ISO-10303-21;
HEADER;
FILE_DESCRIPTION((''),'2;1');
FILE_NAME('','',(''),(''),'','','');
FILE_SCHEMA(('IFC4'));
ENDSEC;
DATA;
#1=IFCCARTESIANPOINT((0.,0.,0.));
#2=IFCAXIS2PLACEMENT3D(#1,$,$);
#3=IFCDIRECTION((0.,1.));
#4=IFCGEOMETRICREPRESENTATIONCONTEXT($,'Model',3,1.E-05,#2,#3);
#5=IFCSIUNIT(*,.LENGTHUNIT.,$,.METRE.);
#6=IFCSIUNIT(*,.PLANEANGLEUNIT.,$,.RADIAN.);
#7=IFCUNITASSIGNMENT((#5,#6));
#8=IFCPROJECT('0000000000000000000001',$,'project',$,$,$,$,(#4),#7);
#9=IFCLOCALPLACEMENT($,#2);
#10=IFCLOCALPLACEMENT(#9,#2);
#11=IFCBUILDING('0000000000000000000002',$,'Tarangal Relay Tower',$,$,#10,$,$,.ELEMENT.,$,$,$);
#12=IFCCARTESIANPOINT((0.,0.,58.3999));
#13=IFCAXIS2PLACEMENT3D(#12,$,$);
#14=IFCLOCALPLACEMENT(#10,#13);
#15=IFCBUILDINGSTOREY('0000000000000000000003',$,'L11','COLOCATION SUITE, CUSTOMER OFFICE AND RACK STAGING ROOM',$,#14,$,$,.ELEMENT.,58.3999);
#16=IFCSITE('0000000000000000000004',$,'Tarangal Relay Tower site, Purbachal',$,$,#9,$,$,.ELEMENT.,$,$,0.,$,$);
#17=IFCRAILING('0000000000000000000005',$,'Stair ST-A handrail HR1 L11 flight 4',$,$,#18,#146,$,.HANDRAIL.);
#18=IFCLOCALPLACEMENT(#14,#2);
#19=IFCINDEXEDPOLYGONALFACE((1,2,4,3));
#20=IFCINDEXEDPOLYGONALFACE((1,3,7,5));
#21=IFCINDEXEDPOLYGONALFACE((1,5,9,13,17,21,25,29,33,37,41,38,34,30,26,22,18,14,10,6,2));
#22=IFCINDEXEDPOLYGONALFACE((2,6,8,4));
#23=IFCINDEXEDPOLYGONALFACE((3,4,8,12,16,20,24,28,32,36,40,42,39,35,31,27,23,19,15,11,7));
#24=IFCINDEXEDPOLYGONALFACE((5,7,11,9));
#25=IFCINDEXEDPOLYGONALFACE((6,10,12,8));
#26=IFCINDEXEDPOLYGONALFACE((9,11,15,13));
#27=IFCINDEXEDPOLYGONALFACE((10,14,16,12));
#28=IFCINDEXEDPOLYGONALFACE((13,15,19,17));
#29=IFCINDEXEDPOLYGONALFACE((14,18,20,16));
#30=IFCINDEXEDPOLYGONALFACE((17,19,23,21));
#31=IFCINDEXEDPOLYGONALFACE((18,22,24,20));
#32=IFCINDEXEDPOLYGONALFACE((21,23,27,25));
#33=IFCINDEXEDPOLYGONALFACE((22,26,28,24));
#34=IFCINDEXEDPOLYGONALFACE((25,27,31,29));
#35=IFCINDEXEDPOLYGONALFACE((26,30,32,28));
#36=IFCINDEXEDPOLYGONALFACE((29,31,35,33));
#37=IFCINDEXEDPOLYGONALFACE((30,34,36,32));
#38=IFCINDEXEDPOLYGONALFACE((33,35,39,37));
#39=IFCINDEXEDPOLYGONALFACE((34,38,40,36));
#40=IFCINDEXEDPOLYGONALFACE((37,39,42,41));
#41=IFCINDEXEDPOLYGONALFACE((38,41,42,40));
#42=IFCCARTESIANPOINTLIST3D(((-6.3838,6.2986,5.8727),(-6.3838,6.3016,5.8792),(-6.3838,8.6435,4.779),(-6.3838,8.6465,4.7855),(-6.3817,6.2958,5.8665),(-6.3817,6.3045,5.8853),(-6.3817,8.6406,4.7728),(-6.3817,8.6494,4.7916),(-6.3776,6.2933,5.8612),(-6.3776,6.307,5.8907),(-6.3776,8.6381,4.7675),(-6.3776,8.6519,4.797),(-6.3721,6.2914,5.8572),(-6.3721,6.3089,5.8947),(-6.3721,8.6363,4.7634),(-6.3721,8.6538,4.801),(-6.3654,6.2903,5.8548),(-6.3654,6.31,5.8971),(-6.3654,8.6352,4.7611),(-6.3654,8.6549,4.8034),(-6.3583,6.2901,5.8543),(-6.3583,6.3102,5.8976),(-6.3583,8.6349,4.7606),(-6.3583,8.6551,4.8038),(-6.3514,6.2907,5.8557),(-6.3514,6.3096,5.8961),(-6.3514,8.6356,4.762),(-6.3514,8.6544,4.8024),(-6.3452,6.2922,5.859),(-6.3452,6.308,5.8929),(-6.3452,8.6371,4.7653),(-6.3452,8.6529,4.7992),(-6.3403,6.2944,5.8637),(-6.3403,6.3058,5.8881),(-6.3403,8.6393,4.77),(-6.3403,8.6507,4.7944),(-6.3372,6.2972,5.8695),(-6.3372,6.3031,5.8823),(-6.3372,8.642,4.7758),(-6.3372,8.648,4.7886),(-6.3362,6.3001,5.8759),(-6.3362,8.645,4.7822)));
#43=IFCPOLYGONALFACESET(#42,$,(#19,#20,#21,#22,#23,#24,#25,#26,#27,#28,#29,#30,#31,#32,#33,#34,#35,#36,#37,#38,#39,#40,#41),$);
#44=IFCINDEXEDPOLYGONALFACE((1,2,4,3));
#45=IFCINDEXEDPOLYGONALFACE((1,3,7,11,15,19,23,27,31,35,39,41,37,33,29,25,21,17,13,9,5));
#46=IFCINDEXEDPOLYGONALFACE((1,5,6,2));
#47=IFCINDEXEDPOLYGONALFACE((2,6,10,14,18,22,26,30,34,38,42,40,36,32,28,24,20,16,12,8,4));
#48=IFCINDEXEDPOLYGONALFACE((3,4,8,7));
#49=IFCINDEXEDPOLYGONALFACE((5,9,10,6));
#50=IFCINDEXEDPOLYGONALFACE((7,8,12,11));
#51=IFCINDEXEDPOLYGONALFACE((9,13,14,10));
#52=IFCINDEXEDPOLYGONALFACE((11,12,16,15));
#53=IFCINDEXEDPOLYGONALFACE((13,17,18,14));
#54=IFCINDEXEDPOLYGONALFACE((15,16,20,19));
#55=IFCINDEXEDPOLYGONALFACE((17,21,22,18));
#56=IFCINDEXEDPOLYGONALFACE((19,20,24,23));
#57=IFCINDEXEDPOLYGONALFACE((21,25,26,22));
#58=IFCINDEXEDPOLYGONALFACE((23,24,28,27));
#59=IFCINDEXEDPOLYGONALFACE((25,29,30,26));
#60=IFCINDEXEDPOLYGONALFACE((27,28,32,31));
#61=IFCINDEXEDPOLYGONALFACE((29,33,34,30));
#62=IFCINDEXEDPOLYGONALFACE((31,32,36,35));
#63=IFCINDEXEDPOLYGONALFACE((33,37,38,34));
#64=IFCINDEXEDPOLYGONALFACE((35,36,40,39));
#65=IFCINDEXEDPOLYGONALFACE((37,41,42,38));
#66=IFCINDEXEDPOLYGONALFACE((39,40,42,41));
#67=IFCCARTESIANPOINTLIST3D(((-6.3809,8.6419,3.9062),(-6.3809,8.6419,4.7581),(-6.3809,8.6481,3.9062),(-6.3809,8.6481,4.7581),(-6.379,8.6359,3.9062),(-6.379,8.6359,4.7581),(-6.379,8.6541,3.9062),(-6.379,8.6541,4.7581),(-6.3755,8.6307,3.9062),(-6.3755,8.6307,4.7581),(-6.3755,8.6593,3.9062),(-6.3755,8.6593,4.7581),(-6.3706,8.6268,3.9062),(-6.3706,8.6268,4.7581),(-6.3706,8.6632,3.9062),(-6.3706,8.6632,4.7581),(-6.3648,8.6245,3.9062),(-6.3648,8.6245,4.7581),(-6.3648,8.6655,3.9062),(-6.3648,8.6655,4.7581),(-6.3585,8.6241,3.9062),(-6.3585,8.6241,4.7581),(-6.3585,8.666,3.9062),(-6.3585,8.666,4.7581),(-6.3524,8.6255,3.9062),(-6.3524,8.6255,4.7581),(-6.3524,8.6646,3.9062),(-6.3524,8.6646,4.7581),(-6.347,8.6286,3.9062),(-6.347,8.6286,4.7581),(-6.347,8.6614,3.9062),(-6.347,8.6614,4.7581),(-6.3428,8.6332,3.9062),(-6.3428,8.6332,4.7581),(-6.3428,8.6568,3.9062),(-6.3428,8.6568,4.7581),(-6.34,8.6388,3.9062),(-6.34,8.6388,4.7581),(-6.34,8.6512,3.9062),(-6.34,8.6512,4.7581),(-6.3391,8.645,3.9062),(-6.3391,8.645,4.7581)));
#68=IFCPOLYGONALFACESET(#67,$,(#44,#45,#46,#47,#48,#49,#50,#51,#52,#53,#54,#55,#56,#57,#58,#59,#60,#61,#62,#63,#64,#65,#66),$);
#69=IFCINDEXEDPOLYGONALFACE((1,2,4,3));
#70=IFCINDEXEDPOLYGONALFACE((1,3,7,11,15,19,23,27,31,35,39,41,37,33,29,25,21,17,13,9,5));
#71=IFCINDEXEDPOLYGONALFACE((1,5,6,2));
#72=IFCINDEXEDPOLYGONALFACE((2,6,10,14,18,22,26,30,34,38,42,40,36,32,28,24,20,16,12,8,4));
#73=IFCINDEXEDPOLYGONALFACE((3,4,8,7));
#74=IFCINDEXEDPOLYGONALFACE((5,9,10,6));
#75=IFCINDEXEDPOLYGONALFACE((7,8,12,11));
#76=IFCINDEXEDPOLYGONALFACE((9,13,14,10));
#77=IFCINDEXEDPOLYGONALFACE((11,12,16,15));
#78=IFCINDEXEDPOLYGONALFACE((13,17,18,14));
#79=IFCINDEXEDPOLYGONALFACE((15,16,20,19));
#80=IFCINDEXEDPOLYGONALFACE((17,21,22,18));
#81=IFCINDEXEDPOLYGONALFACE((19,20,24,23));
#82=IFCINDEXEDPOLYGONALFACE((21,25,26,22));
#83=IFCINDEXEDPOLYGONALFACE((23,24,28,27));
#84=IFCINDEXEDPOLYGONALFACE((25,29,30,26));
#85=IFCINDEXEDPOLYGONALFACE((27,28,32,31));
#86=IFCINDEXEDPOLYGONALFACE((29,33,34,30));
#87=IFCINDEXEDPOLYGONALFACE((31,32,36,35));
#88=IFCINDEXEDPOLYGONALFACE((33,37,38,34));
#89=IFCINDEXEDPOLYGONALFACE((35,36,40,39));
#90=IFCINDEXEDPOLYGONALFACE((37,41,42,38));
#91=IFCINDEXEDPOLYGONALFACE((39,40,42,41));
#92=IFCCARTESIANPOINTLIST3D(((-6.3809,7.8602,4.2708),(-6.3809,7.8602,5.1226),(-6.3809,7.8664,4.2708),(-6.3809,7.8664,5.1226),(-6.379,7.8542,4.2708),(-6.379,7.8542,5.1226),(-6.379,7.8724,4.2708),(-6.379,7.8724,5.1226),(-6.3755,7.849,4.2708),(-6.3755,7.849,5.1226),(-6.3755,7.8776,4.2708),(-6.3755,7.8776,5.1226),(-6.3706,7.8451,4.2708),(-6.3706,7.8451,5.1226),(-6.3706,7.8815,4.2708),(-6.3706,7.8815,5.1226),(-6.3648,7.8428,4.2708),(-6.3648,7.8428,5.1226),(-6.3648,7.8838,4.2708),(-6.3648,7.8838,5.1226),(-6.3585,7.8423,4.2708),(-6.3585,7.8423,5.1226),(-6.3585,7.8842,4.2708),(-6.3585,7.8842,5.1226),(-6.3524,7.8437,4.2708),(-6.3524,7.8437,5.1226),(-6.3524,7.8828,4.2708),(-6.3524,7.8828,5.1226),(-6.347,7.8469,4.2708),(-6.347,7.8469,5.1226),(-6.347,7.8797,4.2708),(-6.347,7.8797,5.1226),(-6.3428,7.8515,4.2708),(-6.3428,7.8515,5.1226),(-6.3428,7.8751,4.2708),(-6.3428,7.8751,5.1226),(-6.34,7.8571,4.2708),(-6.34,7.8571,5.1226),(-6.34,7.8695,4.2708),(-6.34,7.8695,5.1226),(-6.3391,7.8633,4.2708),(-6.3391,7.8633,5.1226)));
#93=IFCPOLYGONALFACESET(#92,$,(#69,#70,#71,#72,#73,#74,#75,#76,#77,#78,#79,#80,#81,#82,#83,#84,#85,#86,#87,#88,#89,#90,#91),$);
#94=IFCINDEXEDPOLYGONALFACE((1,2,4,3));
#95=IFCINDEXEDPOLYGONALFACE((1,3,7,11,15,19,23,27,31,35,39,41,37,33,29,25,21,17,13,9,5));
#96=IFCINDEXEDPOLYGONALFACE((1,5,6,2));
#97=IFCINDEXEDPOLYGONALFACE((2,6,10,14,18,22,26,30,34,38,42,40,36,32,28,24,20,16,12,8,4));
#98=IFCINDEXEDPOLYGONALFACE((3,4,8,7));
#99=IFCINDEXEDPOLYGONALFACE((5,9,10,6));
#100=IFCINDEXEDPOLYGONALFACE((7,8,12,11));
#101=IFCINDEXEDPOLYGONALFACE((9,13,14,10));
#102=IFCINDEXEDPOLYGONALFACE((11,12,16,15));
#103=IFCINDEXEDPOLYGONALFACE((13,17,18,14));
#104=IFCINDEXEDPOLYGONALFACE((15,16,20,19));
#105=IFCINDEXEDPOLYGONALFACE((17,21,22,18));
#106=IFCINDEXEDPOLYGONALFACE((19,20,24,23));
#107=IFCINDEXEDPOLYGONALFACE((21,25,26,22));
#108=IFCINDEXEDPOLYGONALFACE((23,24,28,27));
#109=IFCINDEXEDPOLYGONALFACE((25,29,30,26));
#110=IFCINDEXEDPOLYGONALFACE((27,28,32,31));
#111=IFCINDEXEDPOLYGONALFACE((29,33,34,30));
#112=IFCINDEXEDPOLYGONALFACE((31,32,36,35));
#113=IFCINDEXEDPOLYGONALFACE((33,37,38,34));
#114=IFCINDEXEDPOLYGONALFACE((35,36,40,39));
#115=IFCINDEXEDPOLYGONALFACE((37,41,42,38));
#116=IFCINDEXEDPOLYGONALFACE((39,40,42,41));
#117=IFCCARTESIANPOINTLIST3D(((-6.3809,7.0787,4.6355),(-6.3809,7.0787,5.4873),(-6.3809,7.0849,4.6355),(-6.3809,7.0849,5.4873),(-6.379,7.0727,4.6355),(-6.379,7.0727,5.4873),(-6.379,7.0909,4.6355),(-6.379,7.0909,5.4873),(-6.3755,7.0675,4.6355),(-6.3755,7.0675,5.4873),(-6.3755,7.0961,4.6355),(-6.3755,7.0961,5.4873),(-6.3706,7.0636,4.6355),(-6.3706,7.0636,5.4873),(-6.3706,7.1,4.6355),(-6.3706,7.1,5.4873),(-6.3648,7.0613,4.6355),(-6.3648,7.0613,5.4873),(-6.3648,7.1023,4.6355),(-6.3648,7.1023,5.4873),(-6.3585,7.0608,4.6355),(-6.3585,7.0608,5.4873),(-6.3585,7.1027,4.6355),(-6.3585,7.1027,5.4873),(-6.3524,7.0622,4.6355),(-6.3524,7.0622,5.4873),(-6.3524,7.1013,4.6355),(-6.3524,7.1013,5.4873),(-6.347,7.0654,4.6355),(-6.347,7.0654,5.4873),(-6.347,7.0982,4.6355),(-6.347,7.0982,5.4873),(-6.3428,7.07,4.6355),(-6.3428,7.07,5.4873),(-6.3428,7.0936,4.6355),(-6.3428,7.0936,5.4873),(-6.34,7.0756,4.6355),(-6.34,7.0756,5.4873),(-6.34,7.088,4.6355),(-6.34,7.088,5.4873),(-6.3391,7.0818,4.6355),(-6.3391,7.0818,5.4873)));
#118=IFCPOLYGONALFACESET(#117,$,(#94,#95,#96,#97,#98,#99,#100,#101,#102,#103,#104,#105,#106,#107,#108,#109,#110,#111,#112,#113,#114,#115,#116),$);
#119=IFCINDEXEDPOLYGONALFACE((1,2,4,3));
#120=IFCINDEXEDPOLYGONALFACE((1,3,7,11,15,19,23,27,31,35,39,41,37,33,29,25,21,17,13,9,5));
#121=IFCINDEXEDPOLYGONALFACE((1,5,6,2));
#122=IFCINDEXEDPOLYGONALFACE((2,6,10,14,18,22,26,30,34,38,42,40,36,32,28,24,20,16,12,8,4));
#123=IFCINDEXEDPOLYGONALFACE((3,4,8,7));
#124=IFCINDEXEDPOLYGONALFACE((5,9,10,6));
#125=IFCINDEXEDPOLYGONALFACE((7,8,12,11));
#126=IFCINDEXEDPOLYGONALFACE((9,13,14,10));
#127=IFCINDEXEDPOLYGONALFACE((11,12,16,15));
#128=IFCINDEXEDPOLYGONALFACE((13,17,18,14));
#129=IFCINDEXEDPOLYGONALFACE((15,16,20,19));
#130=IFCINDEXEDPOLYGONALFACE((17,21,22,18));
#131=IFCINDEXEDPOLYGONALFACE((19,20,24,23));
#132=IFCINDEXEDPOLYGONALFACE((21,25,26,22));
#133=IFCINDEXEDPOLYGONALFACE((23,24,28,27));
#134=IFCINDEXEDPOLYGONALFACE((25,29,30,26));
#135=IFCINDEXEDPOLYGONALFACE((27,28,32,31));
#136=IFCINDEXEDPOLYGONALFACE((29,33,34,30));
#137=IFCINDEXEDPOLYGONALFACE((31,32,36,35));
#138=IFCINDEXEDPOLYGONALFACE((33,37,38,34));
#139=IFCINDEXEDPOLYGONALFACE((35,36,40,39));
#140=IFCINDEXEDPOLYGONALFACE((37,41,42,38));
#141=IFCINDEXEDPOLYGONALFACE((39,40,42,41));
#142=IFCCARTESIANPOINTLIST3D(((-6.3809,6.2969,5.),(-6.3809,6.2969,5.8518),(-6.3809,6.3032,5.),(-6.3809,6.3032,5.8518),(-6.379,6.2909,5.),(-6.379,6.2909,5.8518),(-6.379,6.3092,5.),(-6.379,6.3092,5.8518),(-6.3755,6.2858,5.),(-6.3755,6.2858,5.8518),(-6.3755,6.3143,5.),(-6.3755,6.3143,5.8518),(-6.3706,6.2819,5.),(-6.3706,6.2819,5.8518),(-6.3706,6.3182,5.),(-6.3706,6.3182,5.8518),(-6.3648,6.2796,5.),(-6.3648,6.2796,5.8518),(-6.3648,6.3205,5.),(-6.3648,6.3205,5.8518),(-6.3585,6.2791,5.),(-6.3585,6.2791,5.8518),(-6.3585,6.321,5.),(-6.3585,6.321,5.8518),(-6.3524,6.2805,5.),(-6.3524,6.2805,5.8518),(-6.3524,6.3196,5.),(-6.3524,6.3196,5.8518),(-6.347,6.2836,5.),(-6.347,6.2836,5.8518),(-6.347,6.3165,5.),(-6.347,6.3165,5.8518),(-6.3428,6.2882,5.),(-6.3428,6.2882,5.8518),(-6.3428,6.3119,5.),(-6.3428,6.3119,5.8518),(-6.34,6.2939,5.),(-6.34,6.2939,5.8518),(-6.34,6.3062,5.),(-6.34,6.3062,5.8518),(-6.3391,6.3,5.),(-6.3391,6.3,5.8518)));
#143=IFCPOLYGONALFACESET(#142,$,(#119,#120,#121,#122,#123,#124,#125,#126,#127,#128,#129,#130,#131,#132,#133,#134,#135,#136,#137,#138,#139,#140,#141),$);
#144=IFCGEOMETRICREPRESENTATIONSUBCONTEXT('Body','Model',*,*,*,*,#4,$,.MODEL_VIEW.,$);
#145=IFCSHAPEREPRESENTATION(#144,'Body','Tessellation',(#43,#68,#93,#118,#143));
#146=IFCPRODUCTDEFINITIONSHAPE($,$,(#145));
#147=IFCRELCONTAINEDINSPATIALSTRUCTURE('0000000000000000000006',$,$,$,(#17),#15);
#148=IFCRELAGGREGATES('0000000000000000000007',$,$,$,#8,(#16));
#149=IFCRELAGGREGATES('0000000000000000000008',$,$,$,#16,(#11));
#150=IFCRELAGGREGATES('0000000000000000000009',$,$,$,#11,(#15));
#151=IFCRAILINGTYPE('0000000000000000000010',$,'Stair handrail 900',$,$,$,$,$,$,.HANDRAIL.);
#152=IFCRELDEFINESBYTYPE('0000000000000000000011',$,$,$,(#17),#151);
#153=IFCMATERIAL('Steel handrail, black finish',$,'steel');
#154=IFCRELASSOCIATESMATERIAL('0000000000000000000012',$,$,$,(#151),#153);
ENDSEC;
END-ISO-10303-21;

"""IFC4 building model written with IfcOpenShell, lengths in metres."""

from ifc_helpers import new_model, si_unit, direction, frame, origin, origin_2d, place, context, subcontext, project, spatial, circle, extrude, material, type_object, element, save


model = new_model("IFC4")

# Units and contexts
model_context = context("Model", 3, precision=1e-05, world=origin(), true_north=direction((0.0, 1.0)))
body_context = subcontext(model_context, "Body", "Model", "MODEL_VIEW")
ifc_project = project(units=[si_unit("LENGTHUNIT", "METRE"), si_unit("PLANEANGLEUNIT", "RADIAN")], contexts=[model_context])

# Site, building, storey
site_placement = place(None, origin())
site = spatial("IfcSite", under=ifc_project, at=site_placement, Name="Tarangal Relay Tower site, Purbachal", CompositionType="ELEMENT", RefElevation=0.0)
building_placement = place(site_placement, origin())
building = spatial("IfcBuilding", under=site, at=building_placement, Name="Tarangal Relay Tower", CompositionType="ELEMENT")
storey_placement = place(building_placement, frame((0.0, 0.0, 58.3999)))
storey = spatial("IfcBuildingStorey", under=building, at=storey_placement, Name="L11", Description="COLOCATION SUITE, CUSTOMER OFFICE AND RACK STAGING ROOM", CompositionType="ELEMENT", Elevation=58.3999)

# Railing
ifc_material_1 = material(Name="Steel handrail, black finish", Category="steel")
railing_type_1 = type_object("IfcRailingType", Name="Stair handrail 900", PredefinedType="HANDRAIL", material=ifc_material_1)
for number, where, name in (
    (1, (-6.3601, 8.645, 3.9062), "Stair ST-A handrail HR1 L11 flight 4"),
):
    element("IfcRailing", number, at=place(storey_placement, frame(where)), inside=storey, type_object=railing_type_1, Name=name, PredefinedType="HANDRAIL", context=body_context, shape_type="SweptSolid", body=[
        extrude(circle(Radius=0.0239, at=origin_2d()), frame((0.0, 0.0, 0.876), z_axis=(0.0, -0.906267, 0.422705), x_axis=(1.0, 0.0, 0.0)), (0.0, 0.0, 1.0), 2.5874),
        extrude(circle(Radius=0.021, at=origin_2d()), origin(), (0.0, 0.0, 1.0), 0.8518),
        extrude(circle(Radius=0.021, at=origin_2d()), frame((0.0, -0.7817, 0.3645)), (0.0, 0.0, 1.0), 0.8518),
        extrude(circle(Radius=0.021, at=origin_2d()), frame((0.0, -1.5632, 0.7292)), (0.0, 0.0, 1.0), 0.8518),
        extrude(circle(Radius=0.021, at=origin_2d()), frame((0.0, -2.345, 1.0938)), (0.0, 0.0, 1.0), 0.8518),
    ])

save(model, "model.ifc")
